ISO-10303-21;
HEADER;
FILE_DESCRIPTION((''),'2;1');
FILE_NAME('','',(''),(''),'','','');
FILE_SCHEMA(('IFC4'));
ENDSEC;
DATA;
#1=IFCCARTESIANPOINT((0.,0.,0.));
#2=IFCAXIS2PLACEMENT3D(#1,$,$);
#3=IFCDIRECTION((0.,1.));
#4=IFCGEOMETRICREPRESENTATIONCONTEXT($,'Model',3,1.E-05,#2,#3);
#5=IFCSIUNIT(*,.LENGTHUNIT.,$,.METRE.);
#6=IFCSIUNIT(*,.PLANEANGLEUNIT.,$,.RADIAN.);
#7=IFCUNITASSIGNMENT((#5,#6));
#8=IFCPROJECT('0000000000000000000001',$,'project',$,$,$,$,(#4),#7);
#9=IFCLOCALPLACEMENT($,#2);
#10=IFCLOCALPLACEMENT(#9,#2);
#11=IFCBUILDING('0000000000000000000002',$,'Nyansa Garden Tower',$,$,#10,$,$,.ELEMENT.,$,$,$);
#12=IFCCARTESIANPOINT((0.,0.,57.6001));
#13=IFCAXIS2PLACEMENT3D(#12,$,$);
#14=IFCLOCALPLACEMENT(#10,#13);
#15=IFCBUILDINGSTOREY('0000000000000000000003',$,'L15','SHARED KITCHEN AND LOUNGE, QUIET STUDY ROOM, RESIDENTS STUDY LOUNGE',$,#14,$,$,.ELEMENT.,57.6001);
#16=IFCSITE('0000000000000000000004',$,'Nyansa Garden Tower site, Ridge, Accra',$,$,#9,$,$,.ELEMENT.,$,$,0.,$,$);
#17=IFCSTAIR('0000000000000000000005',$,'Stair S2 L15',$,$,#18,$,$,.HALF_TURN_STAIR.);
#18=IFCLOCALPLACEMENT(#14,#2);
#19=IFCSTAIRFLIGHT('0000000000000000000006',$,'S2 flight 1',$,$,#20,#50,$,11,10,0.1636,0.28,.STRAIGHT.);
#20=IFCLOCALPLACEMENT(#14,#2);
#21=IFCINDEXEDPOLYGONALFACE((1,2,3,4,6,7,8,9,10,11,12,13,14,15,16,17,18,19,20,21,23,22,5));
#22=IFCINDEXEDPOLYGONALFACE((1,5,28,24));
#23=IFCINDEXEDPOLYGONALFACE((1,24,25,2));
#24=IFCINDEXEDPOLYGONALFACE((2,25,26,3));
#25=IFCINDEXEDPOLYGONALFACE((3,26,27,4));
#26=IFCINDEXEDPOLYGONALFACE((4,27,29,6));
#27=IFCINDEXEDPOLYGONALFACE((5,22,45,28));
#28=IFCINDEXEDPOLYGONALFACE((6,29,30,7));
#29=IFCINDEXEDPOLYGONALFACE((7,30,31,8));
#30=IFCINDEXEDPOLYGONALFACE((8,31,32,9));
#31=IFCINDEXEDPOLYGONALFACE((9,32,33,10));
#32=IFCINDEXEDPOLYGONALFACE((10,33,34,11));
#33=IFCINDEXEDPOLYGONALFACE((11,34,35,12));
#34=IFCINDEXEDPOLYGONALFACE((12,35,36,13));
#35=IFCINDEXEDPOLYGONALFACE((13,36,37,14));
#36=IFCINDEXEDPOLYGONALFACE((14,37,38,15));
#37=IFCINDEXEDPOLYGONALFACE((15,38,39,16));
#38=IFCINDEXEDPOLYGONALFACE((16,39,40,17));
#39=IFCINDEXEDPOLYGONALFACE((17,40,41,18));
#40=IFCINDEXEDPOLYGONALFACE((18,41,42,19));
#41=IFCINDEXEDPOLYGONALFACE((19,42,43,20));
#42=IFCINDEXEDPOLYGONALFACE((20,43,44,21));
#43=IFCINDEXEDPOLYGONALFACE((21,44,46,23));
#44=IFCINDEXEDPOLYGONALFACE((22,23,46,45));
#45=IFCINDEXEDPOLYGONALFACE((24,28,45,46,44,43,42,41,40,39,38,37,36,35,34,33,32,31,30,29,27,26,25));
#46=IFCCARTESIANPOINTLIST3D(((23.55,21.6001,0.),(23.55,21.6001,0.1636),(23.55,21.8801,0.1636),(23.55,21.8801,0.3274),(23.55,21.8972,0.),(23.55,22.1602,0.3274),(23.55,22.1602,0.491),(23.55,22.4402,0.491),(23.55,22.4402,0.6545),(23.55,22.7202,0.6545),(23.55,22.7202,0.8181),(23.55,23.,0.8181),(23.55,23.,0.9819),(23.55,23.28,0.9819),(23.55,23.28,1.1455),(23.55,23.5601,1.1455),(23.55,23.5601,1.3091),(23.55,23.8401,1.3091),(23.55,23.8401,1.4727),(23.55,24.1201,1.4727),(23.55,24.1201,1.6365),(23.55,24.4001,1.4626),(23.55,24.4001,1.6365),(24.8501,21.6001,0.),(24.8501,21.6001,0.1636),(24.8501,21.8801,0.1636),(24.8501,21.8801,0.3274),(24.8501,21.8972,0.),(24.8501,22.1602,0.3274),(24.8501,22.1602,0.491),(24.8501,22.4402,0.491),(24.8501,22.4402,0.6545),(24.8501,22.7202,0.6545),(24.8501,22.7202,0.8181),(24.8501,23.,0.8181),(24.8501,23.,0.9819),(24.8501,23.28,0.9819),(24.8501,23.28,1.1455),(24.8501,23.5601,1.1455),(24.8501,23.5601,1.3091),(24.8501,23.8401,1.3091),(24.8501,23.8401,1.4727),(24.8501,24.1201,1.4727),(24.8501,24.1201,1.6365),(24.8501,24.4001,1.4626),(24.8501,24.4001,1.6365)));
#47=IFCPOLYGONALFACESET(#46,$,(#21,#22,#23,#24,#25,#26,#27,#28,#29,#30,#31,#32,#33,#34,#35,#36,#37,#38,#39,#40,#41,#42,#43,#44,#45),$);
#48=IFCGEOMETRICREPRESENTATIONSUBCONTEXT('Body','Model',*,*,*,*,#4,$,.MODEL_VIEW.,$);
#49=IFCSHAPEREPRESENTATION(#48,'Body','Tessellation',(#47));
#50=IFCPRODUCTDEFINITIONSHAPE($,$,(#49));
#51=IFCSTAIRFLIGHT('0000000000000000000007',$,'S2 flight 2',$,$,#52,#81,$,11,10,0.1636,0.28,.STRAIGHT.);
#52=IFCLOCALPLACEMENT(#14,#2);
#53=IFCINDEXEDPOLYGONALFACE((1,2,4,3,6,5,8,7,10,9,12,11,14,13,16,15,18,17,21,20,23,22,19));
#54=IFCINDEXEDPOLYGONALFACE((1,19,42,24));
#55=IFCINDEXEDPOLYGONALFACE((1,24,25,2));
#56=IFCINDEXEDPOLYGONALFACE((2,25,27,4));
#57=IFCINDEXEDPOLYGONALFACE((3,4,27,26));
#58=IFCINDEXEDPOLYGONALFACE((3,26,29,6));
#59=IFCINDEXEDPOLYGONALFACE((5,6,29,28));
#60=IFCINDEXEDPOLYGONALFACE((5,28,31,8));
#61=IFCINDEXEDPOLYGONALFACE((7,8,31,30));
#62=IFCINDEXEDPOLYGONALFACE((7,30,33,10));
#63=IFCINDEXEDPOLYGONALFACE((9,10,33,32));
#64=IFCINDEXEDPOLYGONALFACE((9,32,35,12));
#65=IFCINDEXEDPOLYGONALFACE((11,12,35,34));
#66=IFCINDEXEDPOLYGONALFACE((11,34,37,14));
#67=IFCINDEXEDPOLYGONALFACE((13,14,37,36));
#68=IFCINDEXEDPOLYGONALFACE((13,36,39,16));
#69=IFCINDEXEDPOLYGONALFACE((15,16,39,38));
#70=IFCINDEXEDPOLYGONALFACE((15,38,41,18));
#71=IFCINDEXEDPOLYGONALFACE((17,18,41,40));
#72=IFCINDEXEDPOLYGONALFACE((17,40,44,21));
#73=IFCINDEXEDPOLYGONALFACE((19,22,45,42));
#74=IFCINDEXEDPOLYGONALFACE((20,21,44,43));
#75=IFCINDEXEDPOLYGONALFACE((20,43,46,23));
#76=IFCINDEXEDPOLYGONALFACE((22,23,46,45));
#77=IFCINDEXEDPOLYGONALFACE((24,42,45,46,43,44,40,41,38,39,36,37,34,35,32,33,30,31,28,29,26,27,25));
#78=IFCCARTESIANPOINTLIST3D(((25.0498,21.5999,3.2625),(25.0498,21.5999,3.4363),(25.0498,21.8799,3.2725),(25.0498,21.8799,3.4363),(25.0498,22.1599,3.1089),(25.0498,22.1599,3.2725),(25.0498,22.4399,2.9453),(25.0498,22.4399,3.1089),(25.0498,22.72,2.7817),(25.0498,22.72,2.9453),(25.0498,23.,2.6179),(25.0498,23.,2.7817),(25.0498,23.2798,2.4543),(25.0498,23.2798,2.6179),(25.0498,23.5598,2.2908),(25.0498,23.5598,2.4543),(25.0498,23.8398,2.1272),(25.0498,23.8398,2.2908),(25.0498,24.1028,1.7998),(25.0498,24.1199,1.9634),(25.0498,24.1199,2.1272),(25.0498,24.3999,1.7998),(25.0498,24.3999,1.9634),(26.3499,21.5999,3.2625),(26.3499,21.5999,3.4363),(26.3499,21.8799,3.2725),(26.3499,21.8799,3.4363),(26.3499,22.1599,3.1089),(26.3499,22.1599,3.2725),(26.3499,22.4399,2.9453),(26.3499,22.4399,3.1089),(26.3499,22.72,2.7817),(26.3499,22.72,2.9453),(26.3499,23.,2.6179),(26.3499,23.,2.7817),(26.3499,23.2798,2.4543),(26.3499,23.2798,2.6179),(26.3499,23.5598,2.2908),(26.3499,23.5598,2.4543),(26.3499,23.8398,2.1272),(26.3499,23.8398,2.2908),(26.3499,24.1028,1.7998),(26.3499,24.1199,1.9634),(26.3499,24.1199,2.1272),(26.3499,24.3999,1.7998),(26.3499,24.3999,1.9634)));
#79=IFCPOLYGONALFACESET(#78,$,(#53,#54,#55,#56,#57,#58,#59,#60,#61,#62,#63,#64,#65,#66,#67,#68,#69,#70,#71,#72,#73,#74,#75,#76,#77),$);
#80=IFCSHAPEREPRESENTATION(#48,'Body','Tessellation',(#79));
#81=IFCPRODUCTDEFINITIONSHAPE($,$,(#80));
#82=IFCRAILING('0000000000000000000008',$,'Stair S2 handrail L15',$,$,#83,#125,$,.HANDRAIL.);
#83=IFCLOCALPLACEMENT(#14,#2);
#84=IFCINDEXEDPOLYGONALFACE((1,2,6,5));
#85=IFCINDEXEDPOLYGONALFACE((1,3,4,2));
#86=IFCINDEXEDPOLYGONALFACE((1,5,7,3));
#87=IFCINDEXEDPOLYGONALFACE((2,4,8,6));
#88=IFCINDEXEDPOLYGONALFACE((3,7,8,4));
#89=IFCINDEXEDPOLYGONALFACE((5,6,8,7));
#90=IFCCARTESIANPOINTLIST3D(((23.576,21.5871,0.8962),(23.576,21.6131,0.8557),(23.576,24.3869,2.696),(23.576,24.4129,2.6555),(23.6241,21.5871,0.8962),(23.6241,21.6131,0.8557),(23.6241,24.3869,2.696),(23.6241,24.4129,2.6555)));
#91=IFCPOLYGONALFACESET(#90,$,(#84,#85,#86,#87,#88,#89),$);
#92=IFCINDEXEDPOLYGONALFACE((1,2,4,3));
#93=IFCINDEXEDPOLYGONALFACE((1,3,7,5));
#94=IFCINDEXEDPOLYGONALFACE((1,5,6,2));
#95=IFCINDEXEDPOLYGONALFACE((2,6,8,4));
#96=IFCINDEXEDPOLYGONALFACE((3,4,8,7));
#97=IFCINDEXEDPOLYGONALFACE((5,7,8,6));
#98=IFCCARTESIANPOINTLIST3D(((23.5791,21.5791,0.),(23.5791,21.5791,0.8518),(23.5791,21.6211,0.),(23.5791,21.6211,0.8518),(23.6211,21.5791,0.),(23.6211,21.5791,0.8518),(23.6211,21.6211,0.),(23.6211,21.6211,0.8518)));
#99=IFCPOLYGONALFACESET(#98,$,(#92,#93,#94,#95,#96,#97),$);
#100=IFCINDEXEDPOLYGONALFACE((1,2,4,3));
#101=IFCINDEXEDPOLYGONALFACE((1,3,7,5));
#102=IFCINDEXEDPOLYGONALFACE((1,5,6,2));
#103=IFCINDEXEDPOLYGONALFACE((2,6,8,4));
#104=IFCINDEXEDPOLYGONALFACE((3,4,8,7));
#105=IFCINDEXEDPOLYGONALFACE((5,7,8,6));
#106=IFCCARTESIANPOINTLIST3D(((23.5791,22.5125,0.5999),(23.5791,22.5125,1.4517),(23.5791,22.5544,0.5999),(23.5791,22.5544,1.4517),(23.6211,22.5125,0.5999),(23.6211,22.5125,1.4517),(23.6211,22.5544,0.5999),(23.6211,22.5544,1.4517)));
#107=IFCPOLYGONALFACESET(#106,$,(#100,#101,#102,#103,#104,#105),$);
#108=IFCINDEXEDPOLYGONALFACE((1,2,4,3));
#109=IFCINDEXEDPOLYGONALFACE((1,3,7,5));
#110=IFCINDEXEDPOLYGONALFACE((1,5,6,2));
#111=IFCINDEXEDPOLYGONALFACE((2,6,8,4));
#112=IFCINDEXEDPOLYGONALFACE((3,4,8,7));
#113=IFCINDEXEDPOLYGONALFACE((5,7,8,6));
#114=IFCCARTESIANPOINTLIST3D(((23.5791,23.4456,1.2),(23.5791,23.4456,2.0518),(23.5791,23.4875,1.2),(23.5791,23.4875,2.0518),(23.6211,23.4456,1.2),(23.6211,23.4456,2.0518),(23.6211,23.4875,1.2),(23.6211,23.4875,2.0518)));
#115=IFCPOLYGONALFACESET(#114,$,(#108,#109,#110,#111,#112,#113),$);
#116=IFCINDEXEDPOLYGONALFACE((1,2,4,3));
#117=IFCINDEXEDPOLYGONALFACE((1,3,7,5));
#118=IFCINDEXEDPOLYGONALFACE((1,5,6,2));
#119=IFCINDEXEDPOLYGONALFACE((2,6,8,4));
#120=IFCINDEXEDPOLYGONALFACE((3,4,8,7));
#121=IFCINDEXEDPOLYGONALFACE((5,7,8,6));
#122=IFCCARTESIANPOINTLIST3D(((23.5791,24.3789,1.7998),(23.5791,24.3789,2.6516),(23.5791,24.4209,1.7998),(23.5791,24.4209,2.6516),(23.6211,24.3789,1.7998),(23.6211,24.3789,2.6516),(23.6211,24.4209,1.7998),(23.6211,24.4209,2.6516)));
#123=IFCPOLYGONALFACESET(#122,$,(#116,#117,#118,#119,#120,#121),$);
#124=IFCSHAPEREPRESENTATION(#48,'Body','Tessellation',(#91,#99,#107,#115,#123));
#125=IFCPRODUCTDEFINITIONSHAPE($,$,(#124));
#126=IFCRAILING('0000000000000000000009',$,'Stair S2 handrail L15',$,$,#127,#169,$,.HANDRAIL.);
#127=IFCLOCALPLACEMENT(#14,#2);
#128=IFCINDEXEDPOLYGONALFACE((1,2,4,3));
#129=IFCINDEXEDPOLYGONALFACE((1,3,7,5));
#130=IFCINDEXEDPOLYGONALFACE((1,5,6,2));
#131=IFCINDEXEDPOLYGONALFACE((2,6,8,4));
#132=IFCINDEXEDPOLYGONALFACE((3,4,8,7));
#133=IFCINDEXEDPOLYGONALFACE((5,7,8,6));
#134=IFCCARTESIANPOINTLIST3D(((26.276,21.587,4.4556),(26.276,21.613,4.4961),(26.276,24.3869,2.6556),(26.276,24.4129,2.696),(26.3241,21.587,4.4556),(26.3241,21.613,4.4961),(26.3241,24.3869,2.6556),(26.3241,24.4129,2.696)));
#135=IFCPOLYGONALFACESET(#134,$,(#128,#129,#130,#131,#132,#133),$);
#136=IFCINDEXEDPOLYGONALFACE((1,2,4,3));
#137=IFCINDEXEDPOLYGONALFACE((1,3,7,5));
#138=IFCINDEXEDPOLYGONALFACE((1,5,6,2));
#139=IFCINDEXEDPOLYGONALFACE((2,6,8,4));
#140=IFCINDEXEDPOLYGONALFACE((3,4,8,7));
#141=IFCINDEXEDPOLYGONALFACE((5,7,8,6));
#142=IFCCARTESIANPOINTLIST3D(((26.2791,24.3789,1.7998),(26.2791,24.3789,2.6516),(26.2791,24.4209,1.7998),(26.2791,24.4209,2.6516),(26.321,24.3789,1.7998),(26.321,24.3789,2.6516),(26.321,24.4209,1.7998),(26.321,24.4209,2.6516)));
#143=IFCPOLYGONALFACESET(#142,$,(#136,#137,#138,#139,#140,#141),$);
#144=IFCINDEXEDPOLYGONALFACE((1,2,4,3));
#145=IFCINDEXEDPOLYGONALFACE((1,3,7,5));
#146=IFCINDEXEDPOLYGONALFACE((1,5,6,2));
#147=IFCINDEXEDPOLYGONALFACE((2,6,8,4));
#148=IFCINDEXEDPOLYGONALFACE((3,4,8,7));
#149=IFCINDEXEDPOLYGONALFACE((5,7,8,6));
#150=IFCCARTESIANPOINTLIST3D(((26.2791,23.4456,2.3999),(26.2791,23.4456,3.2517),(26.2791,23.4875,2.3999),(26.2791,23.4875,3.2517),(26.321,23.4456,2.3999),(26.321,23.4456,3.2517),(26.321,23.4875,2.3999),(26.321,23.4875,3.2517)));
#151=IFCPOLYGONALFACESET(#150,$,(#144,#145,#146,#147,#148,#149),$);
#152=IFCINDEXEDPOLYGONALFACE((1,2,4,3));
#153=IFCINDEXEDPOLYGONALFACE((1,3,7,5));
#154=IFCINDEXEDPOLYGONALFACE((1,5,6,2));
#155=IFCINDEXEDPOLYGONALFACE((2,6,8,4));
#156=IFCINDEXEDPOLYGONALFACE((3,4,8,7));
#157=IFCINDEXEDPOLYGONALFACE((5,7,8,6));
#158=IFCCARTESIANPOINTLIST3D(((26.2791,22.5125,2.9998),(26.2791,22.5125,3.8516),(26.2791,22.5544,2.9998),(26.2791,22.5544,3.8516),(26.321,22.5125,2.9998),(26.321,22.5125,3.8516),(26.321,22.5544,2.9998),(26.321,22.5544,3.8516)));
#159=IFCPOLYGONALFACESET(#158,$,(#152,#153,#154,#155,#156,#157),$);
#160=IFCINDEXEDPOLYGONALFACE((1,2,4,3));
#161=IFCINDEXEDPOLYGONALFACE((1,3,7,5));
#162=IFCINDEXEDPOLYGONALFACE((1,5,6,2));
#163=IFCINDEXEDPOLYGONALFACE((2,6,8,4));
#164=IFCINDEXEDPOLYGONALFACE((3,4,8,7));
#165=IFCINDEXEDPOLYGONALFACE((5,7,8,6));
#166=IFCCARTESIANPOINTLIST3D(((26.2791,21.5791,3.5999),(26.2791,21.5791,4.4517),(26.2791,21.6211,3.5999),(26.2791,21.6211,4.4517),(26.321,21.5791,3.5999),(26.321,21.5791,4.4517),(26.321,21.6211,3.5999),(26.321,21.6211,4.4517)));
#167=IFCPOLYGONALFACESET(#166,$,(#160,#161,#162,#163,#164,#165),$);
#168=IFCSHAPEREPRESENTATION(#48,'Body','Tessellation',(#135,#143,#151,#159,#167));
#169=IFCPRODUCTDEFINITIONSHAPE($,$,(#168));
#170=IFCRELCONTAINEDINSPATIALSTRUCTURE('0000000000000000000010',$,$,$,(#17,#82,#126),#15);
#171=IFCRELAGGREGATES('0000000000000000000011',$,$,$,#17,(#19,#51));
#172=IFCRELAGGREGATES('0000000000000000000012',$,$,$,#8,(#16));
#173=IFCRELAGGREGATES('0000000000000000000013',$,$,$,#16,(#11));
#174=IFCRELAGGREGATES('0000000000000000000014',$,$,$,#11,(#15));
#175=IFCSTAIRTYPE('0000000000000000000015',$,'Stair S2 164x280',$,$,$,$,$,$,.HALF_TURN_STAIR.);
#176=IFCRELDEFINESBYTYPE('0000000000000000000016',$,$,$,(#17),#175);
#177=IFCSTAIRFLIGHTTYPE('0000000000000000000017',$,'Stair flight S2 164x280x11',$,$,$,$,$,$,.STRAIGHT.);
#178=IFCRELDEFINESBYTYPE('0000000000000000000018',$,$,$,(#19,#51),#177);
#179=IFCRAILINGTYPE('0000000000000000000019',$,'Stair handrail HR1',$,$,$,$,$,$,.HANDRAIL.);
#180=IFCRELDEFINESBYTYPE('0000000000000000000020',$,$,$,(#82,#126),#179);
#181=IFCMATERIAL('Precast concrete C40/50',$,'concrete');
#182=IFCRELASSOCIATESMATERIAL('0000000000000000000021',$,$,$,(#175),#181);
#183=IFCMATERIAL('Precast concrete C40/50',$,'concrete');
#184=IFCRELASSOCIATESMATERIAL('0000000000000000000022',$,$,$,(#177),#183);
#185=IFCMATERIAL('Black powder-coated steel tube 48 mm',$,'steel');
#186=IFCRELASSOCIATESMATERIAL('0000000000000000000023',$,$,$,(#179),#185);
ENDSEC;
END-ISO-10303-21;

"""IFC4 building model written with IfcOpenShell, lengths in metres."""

from ifc_helpers import new_model, si_unit, direction, frame, origin, origin_2d, place, context, subcontext, project, spatial, polyline, rectangle, outline, extrude, material, type_object, element, aggregate, save


model = new_model("IFC4")

# Units and contexts
model_context = context("Model", 3, precision=1e-05, world=origin(), true_north=direction((0.0, 1.0)))
body_context = subcontext(model_context, "Body", "Model", "MODEL_VIEW")
ifc_project = project(units=[si_unit("LENGTHUNIT", "METRE"), si_unit("PLANEANGLEUNIT", "RADIAN")], contexts=[model_context])

# Site, building, storey
site_placement = place(None, origin())
site = spatial("IfcSite", under=ifc_project, at=site_placement, Name="Nyansa Garden Tower site, Ridge, Accra", CompositionType="ELEMENT", RefElevation=0.0)
building_placement = place(site_placement, origin())
building = spatial("IfcBuilding", under=site, at=building_placement, Name="Nyansa Garden Tower", CompositionType="ELEMENT")
storey_placement = place(building_placement, frame((0.0, 0.0, 57.6001)))
storey = spatial("IfcBuildingStorey", under=building, at=storey_placement, Name="L15", Description="SHARED KITCHEN AND LOUNGE, QUIET STUDY ROOM, RESIDENTS STUDY LOUNGE", CompositionType="ELEMENT", Elevation=57.6001)

# Stair, stair flights
ifc_material_1 = material(Name="Precast concrete C40/50", Category="concrete")
stair_type = type_object("IfcStairType", Name="Stair S2 164x280", PredefinedType="HALF_TURN_STAIR", material=ifc_material_1)
stair_placement = place(storey_placement, origin())
stair = element("IfcStair", 1, at=stair_placement, inside=storey, type_object=stair_type, Name="Stair S2 L15", PredefinedType="HALF_TURN_STAIR")
ifc_material_2 = material(Name="Precast concrete C40/50", Category="concrete")
stair_flight_type = type_object("IfcStairFlightType", Name="Stair flight S2 164x280x11", PredefinedType="STRAIGHT", material=ifc_material_2)
stair_flight_1_placement = place(storey_placement, frame((24.2, 21.6001, 0.0), z_axis=(0.0, 0.0, 1.0), x_axis=(0.0, 1.0, 0.0)))
stair_flight_1 = element("IfcStairFlight", 2, at=stair_flight_1_placement, type_object=stair_flight_type, Name="S2 flight 1", NumberOfRisers=11, NumberOfTreads=10, PredefinedType="STRAIGHT", RiserHeight=0.1636, TreadLength=0.28, context=body_context, shape_type="SweptSolid", body=[
    extrude(outline(polyline([(0.0, 0.0), (0.0, 0.1636), (0.28, 0.1636), (0.28, 0.3274), (0.5601, 0.3274), (0.5601, 0.491), (0.8401, 0.491), (0.8401, 0.6545), (1.1201, 0.6545), (1.1201, 0.8181), (1.3999, 0.8181), (1.3999, 0.9819), (1.6799, 0.9819), (1.6799, 1.1455), (1.96, 1.1455), (1.96, 1.3091), (2.24, 1.3091), (2.24, 1.4727), (2.52, 1.4727), (2.52, 1.6365), (2.8, 1.6365), (2.8, 1.8), (2.8, 1.4626), (0.2971, 0.0), (0.0, 0.0)])), frame((0.0, 0.6499, 0.0), z_axis=(0.0, -1.0, 0.0), x_axis=(1.0, 0.0, 0.0)), (0.0, 0.0, 1.0), 1.3),
])
stair_flight_2_placement = place(storey_placement, frame((25.7, 24.3999, 1.7998), z_axis=(0.0, 0.0, 1.0), x_axis=(0.0, -1.0, 0.0)))
stair_flight_2 = element("IfcStairFlight", 3, at=stair_flight_2_placement, type_object=stair_flight_type, Name="S2 flight 2", NumberOfRisers=11, NumberOfTreads=10, PredefinedType="STRAIGHT", RiserHeight=0.1636, TreadLength=0.28, context=body_context, shape_type="SweptSolid", body=[
    extrude(outline(polyline([(0.0, 0.0), (0.0, 0.1636), (0.28, 0.1636), (0.28, 0.3274), (0.5601, 0.3274), (0.5601, 0.491), (0.8401, 0.491), (0.8401, 0.6545), (1.1201, 0.6545), (1.1201, 0.8181), (1.3999, 0.8181), (1.3999, 0.9819), (1.6799, 0.9819), (1.6799, 1.1455), (1.96, 1.1455), (1.96, 1.3091), (2.24, 1.3091), (2.24, 1.4727), (2.52, 1.4727), (2.52, 1.6365), (2.8, 1.6365), (2.8, 1.8), (2.8, 1.4626), (0.2971, 0.0), (0.0, 0.0)])), frame((0.0, 0.6499, 0.0), z_axis=(0.0, -1.0, 0.0), x_axis=(1.0, 0.0, 0.0)), (0.0, 0.0, 1.0), 1.3),
])
aggregate(stair, [stair_flight_1, stair_flight_2])

# Railings
ifc_material_3 = material(Name="Black powder-coated steel tube 48 mm", Category="steel")
railing_type = type_object("IfcRailingType", Name="Stair handrail HR1", PredefinedType="HANDRAIL", material=ifc_material_3)
railing_1_placement = place(storey_placement, frame((23.6001, 21.6001, 0.0)))
element("IfcRailing", 4, at=railing_1_placement, inside=storey, type_object=railing_type, Name="Stair S2 handrail L15", PredefinedType="HANDRAIL", context=body_context, shape_type="SweptSolid", body=[
    extrude(rectangle(XDim=0.0481, YDim=0.0481, at=origin_2d()), frame((0.0, 0.0, 0.876), z_axis=(0.0, 0.841188, 0.540743), x_axis=(-1.0, 0.0, 0.0)), (0.0, 0.0, 1.0), 3.3284),
    extrude(rectangle(XDim=0.042, YDim=0.042, at=origin_2d()), origin(), (0.0, 0.0, 1.0), 0.8518),
    extrude(rectangle(XDim=0.042, YDim=0.042, at=origin_2d()), frame((0.0, 0.9333, 0.5999)), (0.0, 0.0, 1.0), 0.8518),
    extrude(rectangle(XDim=0.042, YDim=0.042, at=origin_2d()), frame((0.0, 1.8665, 1.2)), (0.0, 0.0, 1.0), 0.8518),
    extrude(rectangle(XDim=0.042, YDim=0.042, at=origin_2d()), frame((0.0, 2.7998, 1.7998)), (0.0, 0.0, 1.0), 0.8518),
])
railing_2_placement = place(storey_placement, frame((26.3, 24.3999, 1.7998)))
element("IfcRailing", 5, at=railing_2_placement, inside=storey, type_object=railing_type, Name="Stair S2 handrail L15", PredefinedType="HANDRAIL", context=body_context, shape_type="SweptSolid", body=[
    extrude(rectangle(XDim=0.0481, YDim=0.0481, at=origin_2d()), frame((0.0, 0.0, 0.876), z_axis=(0.0, -0.841155, 0.540795), x_axis=(1.0, 0.0, 0.0)), (0.0, 0.0, 1.0), 3.3286),
    extrude(rectangle(XDim=0.042, YDim=0.042, at=origin_2d()), origin(), (0.0, 0.0, 1.0), 0.8518),
    extrude(rectangle(XDim=0.042, YDim=0.042, at=origin_2d()), frame((0.0, -0.9333, 0.6001)), (0.0, 0.0, 1.0), 0.8518),
    extrude(rectangle(XDim=0.042, YDim=0.042, at=origin_2d()), frame((0.0, -1.8665, 1.2)), (0.0, 0.0, 1.0), 0.8518),
    extrude(rectangle(XDim=0.042, YDim=0.042, at=origin_2d()), frame((0.0, -2.7998, 1.8)), (0.0, 0.0, 1.0), 0.8518),
])

save(model, "model.ifc")
